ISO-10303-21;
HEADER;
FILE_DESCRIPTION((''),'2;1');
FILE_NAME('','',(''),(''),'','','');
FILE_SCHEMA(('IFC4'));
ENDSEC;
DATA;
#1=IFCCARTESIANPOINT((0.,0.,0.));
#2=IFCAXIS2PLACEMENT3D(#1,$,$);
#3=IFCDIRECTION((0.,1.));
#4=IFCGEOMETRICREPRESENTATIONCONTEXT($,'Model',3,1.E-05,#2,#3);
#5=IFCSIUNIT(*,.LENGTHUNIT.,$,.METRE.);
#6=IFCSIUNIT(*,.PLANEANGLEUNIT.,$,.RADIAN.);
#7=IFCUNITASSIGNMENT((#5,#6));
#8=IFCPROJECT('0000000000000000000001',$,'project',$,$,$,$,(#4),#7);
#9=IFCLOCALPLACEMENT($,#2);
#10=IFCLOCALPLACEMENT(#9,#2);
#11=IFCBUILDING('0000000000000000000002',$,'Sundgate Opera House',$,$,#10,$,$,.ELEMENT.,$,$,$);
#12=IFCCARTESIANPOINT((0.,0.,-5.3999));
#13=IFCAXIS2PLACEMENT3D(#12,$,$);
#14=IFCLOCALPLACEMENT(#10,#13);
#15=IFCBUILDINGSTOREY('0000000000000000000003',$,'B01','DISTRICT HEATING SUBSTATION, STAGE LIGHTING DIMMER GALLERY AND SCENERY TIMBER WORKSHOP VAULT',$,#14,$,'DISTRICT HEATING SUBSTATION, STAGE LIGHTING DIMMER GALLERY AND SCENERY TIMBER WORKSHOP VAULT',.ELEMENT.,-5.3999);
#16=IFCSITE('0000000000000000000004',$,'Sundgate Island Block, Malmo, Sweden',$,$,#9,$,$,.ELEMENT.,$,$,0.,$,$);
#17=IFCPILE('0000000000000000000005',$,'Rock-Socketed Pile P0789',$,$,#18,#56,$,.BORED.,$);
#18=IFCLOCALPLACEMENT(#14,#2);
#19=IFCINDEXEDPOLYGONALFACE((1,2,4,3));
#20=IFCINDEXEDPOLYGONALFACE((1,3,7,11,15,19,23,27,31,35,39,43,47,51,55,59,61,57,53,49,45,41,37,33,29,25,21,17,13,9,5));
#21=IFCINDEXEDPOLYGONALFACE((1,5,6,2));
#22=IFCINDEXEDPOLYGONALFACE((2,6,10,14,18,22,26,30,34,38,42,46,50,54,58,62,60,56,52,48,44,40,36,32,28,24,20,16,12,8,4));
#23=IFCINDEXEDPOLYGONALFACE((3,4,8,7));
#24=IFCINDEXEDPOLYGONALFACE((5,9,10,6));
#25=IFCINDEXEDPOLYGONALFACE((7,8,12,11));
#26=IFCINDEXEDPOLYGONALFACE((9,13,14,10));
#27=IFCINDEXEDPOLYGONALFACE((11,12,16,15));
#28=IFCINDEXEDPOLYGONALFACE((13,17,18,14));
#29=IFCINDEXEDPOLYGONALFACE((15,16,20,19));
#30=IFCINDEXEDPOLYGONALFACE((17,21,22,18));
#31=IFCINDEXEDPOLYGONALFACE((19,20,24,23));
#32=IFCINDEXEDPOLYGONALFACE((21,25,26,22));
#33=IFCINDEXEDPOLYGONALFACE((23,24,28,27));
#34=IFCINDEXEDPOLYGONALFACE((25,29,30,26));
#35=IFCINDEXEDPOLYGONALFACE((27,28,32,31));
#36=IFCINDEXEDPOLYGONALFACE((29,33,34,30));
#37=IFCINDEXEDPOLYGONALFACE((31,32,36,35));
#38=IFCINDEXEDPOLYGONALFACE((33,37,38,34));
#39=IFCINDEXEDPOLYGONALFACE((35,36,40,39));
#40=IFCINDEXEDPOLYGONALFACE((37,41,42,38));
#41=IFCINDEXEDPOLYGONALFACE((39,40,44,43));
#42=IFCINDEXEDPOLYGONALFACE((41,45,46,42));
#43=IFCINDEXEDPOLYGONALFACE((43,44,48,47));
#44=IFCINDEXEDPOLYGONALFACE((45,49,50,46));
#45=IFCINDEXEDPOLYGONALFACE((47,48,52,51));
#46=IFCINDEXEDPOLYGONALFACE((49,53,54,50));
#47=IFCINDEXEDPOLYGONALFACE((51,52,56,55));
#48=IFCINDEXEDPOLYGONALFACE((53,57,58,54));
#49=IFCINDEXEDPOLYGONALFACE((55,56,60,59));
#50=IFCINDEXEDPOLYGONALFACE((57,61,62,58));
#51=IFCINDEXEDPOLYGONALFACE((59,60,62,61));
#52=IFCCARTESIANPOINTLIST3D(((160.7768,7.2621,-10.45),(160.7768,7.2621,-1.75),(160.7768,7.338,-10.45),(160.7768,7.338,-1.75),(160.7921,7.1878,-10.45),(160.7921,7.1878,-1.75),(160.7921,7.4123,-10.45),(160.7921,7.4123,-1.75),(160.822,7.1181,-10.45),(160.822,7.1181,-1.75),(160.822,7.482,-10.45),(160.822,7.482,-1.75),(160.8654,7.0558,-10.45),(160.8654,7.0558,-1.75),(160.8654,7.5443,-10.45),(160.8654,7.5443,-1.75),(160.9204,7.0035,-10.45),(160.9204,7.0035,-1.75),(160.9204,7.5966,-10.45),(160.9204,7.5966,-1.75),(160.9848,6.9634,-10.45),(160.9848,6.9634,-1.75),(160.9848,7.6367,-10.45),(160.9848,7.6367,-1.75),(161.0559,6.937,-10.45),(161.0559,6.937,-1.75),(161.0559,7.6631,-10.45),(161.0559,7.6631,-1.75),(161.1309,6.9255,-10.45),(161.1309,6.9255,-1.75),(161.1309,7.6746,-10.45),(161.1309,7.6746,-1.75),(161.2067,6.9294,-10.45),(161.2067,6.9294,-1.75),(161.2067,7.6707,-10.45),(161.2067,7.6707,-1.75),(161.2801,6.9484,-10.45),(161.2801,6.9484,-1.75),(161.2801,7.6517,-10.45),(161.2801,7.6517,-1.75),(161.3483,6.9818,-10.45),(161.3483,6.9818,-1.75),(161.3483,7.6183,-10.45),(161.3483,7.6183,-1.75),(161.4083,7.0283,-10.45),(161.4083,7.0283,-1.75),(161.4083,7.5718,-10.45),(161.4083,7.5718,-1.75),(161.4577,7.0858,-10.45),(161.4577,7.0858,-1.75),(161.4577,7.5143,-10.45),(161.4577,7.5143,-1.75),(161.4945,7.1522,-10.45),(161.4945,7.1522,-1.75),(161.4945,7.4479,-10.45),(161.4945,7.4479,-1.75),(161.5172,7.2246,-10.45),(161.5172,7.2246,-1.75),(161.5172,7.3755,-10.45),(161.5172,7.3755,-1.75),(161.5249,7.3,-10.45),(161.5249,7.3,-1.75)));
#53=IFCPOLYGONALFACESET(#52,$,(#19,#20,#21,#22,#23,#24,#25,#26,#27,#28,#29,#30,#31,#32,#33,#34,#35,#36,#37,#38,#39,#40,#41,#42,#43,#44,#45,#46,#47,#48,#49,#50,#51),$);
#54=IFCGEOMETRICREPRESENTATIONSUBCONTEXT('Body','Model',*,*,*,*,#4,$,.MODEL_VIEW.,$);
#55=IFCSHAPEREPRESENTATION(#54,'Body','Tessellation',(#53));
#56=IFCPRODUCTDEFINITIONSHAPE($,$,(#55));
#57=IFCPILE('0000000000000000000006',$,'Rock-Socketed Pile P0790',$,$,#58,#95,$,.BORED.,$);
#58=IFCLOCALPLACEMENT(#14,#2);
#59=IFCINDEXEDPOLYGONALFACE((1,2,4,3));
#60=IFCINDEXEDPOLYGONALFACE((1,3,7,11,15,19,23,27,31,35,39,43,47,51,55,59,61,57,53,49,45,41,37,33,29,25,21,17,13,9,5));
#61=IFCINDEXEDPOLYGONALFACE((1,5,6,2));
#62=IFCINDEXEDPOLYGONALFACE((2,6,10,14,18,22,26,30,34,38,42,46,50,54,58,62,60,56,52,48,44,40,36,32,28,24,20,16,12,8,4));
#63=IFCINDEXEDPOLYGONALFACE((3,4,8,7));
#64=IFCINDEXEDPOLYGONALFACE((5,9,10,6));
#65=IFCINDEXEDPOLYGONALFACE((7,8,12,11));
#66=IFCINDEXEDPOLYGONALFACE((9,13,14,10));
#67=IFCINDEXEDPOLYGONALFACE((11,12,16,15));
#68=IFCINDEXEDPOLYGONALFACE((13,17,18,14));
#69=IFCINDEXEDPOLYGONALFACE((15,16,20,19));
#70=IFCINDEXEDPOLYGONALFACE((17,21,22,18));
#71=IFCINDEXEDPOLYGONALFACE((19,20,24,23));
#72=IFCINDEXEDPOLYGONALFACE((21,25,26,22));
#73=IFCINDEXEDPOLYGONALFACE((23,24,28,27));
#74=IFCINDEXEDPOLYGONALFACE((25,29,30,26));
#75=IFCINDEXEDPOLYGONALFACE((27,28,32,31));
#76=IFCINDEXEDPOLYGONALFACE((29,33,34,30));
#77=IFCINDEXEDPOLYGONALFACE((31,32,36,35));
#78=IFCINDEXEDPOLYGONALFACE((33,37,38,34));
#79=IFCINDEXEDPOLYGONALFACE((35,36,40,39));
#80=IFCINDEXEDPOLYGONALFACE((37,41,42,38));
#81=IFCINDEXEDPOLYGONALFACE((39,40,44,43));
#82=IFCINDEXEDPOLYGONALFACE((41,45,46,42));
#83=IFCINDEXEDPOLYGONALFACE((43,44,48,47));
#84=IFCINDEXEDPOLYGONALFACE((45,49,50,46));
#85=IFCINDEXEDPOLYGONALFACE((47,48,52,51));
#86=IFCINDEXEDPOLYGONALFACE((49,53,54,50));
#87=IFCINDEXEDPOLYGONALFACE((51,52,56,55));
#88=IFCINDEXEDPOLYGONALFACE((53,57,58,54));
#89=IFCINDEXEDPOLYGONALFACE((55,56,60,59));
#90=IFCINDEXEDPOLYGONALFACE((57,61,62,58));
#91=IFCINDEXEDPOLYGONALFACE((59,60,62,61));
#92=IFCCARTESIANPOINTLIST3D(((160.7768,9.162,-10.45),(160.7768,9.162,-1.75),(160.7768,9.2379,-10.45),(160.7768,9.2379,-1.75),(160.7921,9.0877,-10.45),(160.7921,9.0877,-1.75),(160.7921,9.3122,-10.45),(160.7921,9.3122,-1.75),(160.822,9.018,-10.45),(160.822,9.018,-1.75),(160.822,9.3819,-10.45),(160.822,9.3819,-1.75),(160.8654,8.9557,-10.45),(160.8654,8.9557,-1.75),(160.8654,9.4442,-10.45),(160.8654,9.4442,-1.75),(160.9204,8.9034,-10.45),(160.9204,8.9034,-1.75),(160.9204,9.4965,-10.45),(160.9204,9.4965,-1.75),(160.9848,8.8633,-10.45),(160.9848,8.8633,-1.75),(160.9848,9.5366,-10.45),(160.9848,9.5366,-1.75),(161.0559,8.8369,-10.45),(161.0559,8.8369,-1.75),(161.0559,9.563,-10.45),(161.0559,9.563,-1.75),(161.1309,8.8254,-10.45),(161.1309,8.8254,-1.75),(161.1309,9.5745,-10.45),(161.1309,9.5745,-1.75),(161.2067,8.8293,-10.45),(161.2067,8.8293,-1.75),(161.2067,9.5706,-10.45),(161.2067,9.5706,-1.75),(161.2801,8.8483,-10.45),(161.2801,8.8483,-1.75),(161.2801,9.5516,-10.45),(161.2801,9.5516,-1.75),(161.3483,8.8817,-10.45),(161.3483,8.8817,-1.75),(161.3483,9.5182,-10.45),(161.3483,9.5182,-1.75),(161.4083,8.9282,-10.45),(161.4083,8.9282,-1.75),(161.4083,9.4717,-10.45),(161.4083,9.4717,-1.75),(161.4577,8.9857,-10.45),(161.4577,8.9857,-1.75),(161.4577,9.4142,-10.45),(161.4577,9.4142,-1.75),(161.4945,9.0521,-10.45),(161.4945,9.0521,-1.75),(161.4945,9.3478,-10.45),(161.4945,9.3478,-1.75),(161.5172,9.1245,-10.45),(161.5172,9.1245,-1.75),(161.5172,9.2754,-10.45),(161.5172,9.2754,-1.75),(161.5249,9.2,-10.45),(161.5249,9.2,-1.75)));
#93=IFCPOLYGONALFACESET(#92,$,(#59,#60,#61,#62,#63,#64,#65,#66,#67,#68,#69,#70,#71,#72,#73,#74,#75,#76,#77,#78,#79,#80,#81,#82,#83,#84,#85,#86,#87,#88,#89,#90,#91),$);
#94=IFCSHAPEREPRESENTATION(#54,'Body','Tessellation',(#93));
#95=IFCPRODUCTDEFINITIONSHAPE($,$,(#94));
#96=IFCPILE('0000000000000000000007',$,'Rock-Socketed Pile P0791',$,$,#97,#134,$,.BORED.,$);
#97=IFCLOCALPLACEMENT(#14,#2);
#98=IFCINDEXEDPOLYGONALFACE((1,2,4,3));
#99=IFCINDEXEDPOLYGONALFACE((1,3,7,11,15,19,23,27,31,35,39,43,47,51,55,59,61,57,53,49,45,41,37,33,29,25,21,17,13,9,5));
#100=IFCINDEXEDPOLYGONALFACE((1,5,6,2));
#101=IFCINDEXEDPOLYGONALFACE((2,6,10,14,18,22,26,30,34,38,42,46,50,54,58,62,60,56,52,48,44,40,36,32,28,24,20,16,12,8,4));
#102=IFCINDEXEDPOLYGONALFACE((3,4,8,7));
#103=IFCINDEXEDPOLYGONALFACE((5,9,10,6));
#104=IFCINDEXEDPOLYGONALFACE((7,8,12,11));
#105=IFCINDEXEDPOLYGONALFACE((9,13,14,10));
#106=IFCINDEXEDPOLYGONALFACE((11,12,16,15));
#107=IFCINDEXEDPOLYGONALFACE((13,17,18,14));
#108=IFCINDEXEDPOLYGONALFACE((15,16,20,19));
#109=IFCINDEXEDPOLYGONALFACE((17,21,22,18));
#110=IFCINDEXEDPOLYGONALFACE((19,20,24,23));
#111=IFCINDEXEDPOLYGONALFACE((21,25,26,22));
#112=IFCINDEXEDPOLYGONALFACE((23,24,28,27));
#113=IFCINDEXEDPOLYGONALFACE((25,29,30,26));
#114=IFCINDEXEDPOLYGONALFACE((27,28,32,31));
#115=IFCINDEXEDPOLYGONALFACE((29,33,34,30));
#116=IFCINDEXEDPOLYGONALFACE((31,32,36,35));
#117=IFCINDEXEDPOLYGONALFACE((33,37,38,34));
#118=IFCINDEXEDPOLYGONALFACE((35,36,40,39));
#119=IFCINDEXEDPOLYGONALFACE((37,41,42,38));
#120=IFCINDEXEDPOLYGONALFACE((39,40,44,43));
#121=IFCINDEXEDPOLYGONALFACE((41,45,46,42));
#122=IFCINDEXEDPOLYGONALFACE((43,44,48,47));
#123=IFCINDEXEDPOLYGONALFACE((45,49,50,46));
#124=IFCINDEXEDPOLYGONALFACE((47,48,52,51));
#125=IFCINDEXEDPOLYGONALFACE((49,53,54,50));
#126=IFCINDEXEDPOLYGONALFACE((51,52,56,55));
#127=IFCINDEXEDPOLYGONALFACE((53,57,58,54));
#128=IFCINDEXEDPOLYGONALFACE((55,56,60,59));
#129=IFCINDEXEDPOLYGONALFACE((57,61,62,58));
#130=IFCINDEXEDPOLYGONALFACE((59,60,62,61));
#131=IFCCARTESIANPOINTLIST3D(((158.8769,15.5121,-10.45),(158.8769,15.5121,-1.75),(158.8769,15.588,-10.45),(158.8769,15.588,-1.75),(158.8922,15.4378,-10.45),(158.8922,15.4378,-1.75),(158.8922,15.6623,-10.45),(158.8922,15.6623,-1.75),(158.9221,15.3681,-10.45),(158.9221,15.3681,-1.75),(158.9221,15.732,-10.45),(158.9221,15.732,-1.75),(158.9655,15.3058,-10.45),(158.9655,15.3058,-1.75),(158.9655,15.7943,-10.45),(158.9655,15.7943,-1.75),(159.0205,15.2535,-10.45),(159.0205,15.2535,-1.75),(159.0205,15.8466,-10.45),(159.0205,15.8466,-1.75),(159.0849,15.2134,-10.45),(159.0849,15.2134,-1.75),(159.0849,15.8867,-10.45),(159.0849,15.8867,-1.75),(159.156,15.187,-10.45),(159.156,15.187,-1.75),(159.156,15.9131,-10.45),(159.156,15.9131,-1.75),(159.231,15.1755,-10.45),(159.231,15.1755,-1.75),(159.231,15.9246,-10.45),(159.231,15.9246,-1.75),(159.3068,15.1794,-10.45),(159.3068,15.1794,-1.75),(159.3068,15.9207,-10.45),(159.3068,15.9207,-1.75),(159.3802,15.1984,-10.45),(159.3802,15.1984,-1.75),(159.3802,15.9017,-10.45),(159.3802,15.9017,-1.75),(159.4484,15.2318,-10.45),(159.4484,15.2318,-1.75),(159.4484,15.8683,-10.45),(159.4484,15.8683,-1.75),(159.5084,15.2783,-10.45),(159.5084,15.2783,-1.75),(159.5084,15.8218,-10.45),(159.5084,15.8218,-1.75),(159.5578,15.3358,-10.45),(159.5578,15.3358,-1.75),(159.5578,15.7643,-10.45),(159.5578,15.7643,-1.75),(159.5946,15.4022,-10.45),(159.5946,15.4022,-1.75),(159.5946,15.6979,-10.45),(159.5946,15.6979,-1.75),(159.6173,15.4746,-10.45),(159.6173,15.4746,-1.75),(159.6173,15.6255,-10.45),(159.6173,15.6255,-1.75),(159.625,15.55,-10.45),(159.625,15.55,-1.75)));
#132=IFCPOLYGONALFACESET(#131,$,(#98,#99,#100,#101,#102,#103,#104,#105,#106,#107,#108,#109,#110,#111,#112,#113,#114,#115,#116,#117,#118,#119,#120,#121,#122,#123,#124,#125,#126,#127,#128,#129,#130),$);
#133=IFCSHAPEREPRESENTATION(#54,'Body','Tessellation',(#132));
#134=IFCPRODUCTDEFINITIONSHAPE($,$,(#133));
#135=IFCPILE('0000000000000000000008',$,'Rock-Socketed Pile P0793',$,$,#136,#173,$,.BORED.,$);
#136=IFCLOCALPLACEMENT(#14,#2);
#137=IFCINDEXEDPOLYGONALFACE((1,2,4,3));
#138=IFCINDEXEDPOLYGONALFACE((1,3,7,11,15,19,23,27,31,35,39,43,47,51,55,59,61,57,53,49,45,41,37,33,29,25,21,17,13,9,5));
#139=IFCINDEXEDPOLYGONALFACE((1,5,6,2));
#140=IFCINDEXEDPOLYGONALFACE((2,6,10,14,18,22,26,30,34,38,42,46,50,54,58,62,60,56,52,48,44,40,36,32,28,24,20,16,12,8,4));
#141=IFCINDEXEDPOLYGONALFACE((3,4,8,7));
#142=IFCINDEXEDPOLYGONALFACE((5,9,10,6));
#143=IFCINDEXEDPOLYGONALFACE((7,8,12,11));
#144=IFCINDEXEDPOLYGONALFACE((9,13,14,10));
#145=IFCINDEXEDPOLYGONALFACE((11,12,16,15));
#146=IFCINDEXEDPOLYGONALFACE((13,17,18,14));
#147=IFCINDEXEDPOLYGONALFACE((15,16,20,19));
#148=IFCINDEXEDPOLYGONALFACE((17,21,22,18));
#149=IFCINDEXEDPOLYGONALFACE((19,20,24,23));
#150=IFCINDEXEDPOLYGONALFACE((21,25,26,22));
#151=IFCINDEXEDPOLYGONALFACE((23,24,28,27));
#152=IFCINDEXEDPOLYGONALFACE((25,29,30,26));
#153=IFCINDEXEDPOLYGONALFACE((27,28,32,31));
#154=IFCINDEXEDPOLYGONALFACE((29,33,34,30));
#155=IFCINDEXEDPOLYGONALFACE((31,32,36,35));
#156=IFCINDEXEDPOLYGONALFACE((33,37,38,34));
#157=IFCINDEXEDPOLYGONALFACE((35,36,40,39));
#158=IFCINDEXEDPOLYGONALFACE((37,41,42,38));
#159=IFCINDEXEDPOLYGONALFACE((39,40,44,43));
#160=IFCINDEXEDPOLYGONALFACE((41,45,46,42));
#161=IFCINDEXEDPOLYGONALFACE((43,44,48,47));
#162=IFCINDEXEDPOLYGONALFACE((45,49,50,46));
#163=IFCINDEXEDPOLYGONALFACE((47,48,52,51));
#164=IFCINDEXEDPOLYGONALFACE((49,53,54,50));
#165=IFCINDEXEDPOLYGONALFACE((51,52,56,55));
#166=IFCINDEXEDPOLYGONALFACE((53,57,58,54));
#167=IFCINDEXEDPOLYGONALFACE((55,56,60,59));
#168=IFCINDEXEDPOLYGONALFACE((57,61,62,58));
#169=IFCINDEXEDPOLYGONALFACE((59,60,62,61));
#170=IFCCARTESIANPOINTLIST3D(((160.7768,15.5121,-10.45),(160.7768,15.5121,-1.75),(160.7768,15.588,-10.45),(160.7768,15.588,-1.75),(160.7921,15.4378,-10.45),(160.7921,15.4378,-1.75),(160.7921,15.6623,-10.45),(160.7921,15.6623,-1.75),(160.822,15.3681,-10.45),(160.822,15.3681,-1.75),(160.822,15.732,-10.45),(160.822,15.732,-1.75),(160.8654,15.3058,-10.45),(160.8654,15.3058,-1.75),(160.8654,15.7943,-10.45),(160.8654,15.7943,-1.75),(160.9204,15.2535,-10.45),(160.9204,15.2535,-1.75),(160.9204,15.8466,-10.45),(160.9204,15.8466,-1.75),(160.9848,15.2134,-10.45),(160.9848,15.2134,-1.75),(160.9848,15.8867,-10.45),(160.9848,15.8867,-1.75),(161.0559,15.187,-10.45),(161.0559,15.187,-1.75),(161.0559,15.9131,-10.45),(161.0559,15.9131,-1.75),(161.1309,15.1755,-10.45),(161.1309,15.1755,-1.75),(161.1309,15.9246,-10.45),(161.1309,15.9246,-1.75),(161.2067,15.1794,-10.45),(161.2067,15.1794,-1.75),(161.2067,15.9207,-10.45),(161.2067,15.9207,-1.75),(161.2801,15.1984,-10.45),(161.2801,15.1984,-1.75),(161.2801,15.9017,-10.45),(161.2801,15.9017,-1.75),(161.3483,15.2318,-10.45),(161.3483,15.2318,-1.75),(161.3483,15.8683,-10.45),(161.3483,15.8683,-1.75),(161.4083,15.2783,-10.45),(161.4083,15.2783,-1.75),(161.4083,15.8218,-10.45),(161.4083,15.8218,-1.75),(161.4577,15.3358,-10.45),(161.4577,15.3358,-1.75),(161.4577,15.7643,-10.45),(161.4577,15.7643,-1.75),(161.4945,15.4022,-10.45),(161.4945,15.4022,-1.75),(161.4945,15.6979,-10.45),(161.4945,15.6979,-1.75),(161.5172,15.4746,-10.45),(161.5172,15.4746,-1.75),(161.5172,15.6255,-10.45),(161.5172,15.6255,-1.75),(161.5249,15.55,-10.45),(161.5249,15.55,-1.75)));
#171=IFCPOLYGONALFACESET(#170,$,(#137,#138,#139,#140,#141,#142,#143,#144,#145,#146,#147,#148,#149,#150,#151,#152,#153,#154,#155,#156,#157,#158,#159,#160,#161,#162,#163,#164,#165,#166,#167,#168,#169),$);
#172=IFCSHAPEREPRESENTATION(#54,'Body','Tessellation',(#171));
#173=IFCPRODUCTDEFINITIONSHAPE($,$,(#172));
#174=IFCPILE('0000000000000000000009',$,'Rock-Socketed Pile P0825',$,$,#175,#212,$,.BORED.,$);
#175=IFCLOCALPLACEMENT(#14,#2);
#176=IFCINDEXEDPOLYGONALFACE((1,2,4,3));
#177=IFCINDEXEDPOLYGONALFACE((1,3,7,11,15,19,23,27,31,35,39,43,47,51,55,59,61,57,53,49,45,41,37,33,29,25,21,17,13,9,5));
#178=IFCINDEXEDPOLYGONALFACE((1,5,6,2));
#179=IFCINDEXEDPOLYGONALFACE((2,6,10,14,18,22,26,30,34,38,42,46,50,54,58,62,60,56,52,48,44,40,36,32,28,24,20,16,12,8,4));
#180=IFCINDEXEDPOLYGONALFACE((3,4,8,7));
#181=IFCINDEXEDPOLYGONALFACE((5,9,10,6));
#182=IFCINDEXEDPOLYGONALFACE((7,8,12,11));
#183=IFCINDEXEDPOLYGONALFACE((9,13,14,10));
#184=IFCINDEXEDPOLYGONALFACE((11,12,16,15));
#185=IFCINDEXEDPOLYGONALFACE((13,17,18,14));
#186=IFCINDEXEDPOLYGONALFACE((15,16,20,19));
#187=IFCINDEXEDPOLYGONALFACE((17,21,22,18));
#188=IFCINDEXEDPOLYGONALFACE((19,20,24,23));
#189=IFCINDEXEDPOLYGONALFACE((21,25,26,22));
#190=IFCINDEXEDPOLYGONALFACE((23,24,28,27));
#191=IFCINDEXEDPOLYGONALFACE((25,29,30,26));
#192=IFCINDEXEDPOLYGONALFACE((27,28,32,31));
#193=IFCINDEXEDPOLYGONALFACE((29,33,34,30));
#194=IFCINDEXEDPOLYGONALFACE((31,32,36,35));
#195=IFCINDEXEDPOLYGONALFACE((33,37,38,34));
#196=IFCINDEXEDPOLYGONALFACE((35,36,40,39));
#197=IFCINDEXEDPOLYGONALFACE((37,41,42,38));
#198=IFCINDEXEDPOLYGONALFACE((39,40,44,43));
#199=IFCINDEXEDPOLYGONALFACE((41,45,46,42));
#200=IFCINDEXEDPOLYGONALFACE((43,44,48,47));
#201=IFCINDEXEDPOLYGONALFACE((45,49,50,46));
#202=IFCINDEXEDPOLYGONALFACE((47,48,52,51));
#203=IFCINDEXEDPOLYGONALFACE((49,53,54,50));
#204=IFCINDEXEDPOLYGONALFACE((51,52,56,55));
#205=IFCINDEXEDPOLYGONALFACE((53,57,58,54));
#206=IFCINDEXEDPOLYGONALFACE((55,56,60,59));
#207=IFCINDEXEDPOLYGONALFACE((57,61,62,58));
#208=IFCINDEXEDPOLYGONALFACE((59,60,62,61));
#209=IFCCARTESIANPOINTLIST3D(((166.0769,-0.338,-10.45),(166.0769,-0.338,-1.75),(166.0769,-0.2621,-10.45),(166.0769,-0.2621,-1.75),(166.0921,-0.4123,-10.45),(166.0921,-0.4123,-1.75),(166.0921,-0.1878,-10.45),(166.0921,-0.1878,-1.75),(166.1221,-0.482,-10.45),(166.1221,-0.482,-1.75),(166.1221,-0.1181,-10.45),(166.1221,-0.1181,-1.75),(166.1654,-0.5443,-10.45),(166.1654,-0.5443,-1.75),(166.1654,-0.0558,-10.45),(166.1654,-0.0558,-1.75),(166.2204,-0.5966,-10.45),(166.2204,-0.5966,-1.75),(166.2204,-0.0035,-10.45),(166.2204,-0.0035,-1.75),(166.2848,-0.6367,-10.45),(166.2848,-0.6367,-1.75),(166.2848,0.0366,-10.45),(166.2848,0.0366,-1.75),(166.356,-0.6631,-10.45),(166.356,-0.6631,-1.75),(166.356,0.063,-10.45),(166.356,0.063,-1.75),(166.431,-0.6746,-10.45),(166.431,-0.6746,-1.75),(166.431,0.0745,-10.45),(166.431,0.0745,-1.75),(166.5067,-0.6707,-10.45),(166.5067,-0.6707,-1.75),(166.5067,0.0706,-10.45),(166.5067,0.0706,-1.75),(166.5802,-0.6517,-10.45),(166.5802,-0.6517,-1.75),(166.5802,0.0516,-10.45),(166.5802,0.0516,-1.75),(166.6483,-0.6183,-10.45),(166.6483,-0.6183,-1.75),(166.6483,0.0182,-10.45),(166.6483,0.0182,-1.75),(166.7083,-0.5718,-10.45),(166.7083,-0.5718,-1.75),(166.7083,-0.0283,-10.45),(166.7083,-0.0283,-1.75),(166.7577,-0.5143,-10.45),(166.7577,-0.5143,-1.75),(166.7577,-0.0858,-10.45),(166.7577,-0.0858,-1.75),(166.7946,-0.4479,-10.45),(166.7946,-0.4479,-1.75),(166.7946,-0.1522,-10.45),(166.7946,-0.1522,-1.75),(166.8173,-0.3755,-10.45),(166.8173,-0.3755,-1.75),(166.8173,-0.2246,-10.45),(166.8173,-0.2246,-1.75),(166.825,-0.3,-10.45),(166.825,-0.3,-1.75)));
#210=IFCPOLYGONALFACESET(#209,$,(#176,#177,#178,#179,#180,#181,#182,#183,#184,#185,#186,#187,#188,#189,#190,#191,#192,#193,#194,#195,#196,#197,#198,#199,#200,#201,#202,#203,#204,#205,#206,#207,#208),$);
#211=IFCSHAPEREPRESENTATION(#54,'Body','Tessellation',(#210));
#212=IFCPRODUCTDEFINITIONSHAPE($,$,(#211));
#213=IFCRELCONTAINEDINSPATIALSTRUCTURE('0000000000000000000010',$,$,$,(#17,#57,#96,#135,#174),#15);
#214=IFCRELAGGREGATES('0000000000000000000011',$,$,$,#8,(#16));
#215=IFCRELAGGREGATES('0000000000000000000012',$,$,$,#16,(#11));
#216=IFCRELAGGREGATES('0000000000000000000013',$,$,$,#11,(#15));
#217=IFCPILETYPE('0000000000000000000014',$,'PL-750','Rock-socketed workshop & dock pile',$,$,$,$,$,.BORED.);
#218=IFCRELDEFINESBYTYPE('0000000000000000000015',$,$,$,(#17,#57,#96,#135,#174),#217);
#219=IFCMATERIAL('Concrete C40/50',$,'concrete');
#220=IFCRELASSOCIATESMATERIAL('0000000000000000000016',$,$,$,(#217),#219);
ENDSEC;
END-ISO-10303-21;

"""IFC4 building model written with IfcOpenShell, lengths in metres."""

from ifc_helpers import new_model, si_unit, direction, frame, origin, origin_2d, place, context, subcontext, project, spatial, circle, extrude, material, material_profile, profile_set, type_object, element, save


model = new_model("IFC4")

# Units and contexts
model_context = context("Model", 3, precision=1e-05, world=origin(), true_north=direction((0.0, 1.0)))
body_context = subcontext(model_context, "Body", "Model", "MODEL_VIEW")
ifc_project = project(units=[si_unit("LENGTHUNIT", "METRE"), si_unit("PLANEANGLEUNIT", "RADIAN")], contexts=[model_context])

# Site, building, storey
site_placement = place(None, origin())
site = spatial("IfcSite", under=ifc_project, at=site_placement, Name="Sundgate Island Block, Malmo, Sweden", CompositionType="ELEMENT", RefElevation=0.0)
building_placement = place(site_placement, origin())
building = spatial("IfcBuilding", under=site, at=building_placement, Name="Sundgate Opera House", CompositionType="ELEMENT")
storey_placement = place(building_placement, frame((0.0, 0.0, -5.3999)))
storey = spatial("IfcBuildingStorey", under=building, at=storey_placement, Name="B01", Description="DISTRICT HEATING SUBSTATION, STAGE LIGHTING DIMMER GALLERY AND SCENERY TIMBER WORKSHOP VAULT", LongName="DISTRICT HEATING SUBSTATION, STAGE LIGHTING DIMMER GALLERY AND SCENERY TIMBER WORKSHOP VAULT", CompositionType="ELEMENT", Elevation=-5.3999)

# Piles
ifc_material_1 = material(Name="Concrete C40/50", Category="concrete")
ifc_material_profile_1 = material_profile(ifc_material_1, circle(Radius=0.375, at=origin_2d()), Name="PILE D750")
ifc_profile_set_1 = profile_set([ifc_material_profile_1], Name="Concrete C40/50")
pile_type = type_object("IfcPileType", Name="PL-750", Description="Rock-socketed workshop & dock pile", PredefinedType="BORED", material=ifc_profile_set_1)
for number, where, z_axis, x_axis, name in (
    (1, (161.1499, 7.3, -1.75), (0.0, 0.0, -1.0), (1.0, 0.0, 0.0), "Rock-Socketed Pile P0789"),
    (2, (161.1499, 9.2, -1.75), (0.0, 0.0, -1.0), (1.0, 0.0, 0.0), "Rock-Socketed Pile P0790"),
    (3, (159.25, 15.55, -1.75), (0.0, 0.0, -1.0), (1.0, 0.0, 0.0), "Rock-Socketed Pile P0791"),
    (4, (161.1499, 15.55, -1.75), (0.0, 0.0, -1.0), (1.0, 0.0, 0.0), "Rock-Socketed Pile P0793"),
    (5, (166.45, -0.3, -1.75), (0.0, 0.0, -1.0), (1.0, 0.0, 0.0), "Rock-Socketed Pile P0825"),
):
    element("IfcPile", number, at=place(storey_placement, frame(where, z_axis=z_axis, x_axis=x_axis)), inside=storey, type_object=pile_type, Name=name, PredefinedType="BORED", context=body_context, shape_type="SweptSolid", body=[
        extrude(circle(Radius=0.375, at=origin_2d()), origin(), (0.0, 0.0, 1.0), 8.7),
    ])

save(model, "model.ifc")
